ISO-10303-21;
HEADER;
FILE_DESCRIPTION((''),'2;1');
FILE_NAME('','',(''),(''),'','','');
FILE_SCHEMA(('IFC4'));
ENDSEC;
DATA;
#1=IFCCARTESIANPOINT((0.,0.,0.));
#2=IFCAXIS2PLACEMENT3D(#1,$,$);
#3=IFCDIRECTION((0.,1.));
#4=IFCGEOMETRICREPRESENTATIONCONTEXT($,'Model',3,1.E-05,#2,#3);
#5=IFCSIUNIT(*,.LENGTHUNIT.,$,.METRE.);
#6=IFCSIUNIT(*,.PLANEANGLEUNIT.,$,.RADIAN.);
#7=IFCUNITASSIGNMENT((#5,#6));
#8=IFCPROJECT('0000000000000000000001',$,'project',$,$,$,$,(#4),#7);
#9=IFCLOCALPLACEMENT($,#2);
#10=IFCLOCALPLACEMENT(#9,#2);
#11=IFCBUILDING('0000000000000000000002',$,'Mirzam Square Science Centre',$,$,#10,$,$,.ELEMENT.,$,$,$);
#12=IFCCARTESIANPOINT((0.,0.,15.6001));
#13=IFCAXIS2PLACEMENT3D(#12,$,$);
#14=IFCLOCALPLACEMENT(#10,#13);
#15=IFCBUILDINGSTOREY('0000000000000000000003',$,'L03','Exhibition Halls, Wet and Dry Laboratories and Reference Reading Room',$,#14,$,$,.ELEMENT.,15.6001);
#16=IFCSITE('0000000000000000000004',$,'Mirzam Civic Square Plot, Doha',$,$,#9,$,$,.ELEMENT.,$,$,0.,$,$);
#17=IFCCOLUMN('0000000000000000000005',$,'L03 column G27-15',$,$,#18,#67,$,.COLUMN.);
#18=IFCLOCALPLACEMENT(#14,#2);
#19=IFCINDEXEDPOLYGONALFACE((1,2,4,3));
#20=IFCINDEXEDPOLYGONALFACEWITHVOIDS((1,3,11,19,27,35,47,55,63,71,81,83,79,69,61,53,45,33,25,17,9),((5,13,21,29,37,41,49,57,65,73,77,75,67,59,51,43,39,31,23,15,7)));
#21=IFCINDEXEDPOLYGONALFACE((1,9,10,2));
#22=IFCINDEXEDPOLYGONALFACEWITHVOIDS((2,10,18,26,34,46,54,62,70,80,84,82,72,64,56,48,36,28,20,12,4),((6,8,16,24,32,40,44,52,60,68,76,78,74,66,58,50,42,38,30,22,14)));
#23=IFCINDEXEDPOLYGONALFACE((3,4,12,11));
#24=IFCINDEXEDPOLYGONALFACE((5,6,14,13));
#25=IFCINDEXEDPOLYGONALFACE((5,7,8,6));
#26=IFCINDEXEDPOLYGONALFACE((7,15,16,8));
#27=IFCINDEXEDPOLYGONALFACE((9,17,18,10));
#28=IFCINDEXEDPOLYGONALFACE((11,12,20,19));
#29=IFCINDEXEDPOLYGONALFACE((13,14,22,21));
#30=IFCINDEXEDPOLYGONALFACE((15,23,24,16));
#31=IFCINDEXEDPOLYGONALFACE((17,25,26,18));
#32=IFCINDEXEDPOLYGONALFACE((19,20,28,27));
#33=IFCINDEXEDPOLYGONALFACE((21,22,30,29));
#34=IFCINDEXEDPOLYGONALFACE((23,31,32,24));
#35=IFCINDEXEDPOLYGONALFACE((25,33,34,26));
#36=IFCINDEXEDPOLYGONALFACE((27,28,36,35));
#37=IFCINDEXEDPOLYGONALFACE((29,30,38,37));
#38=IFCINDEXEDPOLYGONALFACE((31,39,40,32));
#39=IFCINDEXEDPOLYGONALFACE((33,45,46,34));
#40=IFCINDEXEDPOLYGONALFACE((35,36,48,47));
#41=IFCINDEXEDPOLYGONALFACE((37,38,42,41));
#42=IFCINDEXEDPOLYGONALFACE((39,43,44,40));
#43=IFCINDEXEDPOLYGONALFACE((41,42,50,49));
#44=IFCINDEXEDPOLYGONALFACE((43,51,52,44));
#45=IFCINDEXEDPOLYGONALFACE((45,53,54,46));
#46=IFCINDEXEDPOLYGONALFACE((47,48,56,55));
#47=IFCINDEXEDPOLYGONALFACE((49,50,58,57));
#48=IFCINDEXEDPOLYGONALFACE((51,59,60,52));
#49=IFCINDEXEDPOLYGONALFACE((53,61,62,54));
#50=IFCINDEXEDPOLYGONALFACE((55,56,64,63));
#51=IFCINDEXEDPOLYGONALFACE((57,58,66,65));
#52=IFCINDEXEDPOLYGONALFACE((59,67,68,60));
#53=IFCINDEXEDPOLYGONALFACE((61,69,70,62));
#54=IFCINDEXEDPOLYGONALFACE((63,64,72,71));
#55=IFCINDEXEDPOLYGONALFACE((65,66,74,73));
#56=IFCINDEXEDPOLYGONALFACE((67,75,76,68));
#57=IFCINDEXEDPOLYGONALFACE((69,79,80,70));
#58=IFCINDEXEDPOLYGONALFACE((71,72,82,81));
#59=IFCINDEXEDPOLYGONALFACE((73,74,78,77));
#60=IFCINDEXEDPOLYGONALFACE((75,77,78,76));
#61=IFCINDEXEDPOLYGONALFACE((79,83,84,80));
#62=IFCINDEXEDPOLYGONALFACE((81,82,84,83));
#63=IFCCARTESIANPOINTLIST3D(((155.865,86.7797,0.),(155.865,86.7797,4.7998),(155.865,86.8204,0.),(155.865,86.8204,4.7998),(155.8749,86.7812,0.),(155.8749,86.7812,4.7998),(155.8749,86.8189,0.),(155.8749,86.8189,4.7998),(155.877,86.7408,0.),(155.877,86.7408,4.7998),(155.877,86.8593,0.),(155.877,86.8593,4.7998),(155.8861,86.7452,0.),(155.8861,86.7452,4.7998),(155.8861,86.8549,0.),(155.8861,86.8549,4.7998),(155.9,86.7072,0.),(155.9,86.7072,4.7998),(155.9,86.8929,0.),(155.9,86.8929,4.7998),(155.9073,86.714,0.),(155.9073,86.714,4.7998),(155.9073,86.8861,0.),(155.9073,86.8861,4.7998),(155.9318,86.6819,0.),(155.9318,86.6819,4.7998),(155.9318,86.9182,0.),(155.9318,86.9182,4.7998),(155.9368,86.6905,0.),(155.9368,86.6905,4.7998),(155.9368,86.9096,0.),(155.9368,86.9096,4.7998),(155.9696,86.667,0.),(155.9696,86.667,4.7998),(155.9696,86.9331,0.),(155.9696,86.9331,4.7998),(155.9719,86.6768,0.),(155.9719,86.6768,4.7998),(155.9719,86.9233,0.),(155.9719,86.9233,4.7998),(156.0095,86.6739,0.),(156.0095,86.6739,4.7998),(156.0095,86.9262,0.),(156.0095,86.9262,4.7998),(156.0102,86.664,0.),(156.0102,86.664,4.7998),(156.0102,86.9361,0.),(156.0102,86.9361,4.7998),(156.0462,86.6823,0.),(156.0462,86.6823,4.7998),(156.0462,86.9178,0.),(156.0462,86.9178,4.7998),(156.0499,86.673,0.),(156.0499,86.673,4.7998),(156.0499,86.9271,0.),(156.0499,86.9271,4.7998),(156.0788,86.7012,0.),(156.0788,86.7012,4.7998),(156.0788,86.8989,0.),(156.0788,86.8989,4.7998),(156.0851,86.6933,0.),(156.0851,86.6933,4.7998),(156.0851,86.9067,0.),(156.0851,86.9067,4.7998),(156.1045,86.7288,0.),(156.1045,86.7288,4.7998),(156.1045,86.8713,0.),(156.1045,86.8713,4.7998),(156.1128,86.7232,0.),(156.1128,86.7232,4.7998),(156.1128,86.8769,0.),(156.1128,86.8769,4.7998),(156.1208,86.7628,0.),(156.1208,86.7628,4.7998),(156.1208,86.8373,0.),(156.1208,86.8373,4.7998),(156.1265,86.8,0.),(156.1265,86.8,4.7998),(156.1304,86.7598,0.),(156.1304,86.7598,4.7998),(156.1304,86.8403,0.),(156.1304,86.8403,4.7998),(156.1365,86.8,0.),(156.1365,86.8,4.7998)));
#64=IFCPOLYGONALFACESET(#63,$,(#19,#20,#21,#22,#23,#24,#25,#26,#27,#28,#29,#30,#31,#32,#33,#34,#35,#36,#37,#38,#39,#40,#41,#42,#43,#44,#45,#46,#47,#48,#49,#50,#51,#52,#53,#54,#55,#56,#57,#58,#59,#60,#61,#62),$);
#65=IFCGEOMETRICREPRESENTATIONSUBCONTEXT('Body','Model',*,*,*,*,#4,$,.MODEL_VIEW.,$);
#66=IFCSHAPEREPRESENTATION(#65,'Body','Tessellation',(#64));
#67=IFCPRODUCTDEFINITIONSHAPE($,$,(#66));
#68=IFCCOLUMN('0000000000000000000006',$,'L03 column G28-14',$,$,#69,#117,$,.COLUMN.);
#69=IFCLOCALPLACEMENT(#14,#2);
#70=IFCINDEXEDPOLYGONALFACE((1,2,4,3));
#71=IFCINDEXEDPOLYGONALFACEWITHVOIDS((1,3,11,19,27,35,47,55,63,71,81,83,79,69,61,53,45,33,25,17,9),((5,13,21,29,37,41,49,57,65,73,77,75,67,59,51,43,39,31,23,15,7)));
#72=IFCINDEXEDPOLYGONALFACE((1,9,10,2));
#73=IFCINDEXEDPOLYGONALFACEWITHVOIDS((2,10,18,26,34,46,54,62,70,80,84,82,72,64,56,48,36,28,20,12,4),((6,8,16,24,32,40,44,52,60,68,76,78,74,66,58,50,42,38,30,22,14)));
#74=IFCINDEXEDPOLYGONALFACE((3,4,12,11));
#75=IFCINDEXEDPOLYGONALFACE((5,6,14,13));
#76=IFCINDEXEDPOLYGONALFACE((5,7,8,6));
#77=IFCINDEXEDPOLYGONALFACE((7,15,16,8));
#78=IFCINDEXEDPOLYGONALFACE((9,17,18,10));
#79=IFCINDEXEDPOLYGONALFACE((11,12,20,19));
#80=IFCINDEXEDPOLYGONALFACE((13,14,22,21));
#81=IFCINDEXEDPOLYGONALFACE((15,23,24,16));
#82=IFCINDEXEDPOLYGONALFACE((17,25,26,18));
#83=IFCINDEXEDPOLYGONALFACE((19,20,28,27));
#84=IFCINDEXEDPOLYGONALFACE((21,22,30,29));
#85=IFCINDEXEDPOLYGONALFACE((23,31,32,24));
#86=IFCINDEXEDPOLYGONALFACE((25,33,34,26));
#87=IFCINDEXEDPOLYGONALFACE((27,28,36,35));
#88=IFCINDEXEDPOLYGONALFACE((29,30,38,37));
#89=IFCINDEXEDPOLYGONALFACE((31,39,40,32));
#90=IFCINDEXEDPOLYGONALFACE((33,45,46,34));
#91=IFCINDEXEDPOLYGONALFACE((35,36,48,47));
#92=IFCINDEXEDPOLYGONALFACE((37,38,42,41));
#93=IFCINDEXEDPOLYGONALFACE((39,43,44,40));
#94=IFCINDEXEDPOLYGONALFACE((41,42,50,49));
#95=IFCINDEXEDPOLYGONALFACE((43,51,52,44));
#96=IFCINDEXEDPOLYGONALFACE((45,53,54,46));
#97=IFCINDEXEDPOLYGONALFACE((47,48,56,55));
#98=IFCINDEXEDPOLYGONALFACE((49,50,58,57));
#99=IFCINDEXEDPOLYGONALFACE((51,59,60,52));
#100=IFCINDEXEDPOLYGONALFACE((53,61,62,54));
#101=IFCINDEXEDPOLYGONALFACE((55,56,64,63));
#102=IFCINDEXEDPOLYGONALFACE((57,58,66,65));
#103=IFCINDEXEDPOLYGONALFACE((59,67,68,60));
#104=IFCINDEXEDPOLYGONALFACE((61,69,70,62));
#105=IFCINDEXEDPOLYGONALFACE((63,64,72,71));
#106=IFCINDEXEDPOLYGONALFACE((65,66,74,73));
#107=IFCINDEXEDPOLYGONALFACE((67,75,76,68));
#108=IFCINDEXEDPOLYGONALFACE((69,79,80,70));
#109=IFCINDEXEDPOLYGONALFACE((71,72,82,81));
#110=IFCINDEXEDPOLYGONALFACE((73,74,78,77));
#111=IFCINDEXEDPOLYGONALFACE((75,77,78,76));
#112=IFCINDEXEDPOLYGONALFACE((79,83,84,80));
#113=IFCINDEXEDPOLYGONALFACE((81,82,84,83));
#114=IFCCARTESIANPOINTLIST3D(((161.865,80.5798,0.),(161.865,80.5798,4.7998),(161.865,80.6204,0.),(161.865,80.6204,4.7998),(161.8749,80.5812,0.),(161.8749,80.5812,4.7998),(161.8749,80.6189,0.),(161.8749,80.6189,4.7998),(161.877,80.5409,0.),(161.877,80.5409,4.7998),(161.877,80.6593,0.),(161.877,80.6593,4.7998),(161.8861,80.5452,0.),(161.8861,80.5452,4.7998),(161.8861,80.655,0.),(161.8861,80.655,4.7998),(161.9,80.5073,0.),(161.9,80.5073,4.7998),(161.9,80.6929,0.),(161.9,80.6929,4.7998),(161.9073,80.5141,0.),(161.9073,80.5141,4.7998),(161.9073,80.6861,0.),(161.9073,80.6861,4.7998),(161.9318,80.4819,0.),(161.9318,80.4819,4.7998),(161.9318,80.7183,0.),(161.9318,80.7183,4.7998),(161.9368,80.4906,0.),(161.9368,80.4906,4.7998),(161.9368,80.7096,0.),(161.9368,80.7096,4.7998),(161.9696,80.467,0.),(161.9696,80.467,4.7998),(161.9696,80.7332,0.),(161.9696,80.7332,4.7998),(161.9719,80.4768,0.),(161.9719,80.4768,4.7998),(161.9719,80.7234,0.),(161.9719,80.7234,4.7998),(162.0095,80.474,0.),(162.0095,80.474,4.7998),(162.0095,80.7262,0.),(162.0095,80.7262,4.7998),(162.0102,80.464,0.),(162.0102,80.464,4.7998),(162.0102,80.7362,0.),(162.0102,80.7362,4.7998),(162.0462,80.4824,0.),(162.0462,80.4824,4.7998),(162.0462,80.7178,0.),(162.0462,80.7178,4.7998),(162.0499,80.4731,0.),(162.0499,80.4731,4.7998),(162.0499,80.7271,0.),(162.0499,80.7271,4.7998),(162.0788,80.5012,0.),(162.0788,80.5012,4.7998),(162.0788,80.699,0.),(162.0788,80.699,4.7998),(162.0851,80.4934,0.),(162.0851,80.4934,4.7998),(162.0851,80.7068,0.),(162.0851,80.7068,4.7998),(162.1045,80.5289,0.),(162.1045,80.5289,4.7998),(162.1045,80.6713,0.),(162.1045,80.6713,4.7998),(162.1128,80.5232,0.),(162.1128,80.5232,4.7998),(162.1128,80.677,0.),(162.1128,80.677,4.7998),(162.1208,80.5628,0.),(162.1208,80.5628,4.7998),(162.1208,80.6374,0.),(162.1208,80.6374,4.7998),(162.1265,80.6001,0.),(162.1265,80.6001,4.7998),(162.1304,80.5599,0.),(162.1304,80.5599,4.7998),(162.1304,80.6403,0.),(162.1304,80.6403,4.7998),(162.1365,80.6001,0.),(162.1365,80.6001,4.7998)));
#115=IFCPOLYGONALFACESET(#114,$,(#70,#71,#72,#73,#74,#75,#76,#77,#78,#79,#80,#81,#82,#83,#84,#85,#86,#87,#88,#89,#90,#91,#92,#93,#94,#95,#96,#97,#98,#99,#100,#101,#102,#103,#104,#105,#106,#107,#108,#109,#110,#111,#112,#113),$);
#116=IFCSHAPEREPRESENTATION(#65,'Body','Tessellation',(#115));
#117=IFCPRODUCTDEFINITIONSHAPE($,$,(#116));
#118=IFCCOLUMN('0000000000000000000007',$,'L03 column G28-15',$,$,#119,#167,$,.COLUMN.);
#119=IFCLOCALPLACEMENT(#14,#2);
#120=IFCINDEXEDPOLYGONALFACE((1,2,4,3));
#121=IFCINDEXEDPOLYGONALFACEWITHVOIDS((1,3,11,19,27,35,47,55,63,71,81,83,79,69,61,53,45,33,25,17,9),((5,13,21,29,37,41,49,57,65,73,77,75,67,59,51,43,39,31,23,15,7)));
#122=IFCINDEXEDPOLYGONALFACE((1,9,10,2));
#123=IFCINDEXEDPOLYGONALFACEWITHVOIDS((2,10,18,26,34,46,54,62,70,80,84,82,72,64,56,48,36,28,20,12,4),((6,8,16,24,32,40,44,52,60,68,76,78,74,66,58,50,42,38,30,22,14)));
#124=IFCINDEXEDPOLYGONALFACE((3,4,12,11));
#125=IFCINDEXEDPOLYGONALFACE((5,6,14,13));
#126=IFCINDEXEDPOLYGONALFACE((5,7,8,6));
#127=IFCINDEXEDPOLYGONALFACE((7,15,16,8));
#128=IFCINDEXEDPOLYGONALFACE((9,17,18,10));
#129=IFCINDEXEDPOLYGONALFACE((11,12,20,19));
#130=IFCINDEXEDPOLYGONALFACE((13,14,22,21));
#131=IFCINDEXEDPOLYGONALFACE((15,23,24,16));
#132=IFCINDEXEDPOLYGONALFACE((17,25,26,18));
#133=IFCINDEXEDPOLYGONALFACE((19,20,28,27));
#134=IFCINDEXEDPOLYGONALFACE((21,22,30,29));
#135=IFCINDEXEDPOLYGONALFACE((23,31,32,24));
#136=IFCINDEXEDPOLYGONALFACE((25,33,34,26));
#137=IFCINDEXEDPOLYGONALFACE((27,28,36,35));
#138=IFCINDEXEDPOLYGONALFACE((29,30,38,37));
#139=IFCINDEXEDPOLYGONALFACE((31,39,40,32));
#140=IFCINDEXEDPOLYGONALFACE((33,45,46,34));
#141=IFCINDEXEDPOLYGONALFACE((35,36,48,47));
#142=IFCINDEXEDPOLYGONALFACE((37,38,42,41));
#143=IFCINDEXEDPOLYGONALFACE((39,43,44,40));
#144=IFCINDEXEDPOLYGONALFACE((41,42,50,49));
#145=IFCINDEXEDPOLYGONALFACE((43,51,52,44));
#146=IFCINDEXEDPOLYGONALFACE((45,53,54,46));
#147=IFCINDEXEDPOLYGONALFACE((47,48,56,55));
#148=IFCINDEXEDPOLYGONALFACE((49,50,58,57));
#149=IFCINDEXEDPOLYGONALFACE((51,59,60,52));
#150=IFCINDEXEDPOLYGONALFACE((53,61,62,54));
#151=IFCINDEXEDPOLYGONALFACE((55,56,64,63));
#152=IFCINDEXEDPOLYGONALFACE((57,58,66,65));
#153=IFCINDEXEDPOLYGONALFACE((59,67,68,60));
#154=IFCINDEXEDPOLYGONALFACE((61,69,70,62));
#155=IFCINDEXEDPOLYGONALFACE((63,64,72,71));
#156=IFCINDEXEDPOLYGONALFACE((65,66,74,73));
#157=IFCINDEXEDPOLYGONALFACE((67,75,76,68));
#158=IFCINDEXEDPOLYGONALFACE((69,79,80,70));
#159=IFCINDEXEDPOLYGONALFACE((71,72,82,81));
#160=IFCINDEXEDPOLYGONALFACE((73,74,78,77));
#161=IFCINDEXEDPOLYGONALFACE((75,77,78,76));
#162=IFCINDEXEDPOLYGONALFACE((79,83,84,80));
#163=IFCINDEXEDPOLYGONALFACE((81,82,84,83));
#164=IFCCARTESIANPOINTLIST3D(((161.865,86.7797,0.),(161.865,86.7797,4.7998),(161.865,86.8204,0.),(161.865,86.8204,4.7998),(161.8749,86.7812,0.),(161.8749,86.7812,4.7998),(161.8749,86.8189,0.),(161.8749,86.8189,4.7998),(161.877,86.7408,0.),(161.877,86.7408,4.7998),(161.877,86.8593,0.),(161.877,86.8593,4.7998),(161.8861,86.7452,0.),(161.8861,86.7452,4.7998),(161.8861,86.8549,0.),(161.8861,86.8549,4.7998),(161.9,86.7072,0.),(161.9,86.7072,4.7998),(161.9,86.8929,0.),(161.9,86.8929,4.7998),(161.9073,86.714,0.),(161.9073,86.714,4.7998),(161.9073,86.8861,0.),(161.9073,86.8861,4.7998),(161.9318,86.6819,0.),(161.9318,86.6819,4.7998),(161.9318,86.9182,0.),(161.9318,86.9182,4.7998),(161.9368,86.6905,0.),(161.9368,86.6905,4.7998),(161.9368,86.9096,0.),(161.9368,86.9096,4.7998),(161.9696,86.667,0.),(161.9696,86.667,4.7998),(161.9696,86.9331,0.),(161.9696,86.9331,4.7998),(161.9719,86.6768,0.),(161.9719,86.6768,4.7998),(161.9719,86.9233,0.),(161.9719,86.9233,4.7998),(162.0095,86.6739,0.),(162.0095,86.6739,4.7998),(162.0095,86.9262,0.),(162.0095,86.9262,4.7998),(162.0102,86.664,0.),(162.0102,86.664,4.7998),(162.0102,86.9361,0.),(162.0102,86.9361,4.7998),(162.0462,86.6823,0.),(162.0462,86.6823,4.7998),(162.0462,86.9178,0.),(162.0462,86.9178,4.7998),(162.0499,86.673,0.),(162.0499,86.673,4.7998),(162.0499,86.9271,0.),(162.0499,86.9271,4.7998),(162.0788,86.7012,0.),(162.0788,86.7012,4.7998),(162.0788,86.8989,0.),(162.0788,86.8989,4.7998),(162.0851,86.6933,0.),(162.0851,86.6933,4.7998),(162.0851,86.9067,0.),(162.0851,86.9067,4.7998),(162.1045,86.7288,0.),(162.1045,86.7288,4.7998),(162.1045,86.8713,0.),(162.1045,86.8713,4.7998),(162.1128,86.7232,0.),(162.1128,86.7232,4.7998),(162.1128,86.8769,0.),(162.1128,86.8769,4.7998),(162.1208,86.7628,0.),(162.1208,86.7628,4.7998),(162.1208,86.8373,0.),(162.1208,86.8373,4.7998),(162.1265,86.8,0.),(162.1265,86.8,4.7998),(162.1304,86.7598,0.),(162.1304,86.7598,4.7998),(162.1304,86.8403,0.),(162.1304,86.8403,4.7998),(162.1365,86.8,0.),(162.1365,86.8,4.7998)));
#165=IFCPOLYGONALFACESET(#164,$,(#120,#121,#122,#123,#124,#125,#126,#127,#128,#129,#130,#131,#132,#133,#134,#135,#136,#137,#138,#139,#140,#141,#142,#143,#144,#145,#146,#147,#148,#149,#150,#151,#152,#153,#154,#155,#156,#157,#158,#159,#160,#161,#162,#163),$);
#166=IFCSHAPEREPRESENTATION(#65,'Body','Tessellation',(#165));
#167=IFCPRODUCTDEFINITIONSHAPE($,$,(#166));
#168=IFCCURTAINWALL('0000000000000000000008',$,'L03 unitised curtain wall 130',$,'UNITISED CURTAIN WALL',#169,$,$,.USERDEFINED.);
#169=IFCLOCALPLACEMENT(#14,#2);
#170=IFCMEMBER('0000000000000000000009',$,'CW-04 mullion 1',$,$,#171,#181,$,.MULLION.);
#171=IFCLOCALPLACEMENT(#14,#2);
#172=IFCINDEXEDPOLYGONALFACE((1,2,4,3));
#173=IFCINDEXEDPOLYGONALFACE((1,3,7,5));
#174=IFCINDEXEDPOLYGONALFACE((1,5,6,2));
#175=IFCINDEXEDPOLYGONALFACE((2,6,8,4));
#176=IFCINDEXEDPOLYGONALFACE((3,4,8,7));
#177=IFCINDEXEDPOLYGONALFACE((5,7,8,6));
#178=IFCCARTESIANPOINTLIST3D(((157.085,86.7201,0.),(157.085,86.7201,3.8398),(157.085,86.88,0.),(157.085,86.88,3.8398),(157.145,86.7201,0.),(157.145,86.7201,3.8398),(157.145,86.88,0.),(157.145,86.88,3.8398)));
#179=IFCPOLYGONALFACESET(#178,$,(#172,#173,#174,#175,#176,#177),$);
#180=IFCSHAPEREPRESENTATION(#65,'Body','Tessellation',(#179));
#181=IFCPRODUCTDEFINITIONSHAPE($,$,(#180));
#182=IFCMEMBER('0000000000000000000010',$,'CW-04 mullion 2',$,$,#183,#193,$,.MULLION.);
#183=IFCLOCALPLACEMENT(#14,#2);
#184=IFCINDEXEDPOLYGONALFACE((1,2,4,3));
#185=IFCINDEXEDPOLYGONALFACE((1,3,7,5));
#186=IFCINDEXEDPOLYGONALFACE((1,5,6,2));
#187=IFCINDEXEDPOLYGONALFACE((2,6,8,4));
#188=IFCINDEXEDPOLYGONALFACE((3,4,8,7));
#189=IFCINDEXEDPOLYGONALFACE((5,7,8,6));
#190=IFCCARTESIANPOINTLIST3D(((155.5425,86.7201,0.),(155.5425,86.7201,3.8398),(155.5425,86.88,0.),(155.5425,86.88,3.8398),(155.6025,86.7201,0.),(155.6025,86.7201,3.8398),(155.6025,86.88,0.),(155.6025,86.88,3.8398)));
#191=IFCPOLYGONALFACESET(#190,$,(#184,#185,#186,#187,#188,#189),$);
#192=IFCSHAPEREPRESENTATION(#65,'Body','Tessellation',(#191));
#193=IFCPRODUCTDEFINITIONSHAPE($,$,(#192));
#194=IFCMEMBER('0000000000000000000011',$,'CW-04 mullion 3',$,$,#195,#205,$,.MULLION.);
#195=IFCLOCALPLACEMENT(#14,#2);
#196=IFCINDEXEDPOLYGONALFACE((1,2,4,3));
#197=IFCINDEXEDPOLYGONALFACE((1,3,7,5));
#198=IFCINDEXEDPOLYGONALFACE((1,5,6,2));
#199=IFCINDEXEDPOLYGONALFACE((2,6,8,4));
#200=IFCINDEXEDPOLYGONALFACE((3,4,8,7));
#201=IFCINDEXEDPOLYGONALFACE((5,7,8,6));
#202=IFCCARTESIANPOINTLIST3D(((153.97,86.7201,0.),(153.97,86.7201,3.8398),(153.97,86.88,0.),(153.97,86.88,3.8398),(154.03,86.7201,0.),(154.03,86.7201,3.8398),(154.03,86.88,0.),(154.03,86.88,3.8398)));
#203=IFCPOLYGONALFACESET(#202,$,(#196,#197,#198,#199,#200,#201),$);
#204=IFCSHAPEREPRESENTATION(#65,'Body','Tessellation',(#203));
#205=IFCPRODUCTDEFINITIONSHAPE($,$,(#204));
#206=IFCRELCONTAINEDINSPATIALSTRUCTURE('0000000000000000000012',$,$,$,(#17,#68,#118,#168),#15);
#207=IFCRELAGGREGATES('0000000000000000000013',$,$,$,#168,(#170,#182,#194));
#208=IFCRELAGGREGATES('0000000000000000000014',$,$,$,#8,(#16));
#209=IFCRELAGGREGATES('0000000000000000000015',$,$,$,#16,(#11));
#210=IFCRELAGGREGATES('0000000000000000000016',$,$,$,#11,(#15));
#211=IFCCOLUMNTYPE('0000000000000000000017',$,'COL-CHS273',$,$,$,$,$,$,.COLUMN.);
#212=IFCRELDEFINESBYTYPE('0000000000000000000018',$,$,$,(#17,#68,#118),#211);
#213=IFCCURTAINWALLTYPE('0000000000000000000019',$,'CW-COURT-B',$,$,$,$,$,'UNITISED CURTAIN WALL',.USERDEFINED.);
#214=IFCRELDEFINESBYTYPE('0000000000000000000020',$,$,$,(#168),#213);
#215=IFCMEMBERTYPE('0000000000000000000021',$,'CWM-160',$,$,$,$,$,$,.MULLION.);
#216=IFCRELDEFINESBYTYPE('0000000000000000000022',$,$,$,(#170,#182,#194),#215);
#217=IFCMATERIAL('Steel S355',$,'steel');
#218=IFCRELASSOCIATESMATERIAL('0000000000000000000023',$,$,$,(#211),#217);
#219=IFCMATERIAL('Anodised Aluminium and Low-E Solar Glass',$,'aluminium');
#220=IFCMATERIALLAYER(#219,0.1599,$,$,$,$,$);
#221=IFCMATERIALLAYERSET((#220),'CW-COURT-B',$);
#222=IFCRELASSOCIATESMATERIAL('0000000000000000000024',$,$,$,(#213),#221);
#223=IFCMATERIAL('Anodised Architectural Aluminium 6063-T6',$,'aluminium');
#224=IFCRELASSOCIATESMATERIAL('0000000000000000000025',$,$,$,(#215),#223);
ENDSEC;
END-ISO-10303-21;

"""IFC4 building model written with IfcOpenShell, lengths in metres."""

from ifc_helpers import new_model, si_unit, direction, frame, origin, origin_2d, place, context, subcontext, project, spatial, rectangle, hollow_circle, extrude, material, layer, layer_set, material_profile, profile_set, type_object, element, aggregate, save


model = new_model("IFC4")

# Units and contexts
model_context = context("Model", 3, precision=1e-05, world=origin(), true_north=direction((0.0, 1.0)))
body_context = subcontext(model_context, "Body", "Model", "MODEL_VIEW")
ifc_project = project(units=[si_unit("LENGTHUNIT", "METRE"), si_unit("PLANEANGLEUNIT", "RADIAN")], contexts=[model_context])

# Site, building, storey
site_placement = place(None, origin())
site = spatial("IfcSite", under=ifc_project, at=site_placement, Name="Mirzam Civic Square Plot, Doha", CompositionType="ELEMENT", RefElevation=0.0)
building_placement = place(site_placement, origin())
building = spatial("IfcBuilding", under=site, at=building_placement, Name="Mirzam Square Science Centre", CompositionType="ELEMENT")
storey_placement = place(building_placement, frame((0.0, 0.0, 15.6001)))
storey = spatial("IfcBuildingStorey", under=building, at=storey_placement, Name="L03", Description="Exhibition Halls, Wet and Dry Laboratories and Reference Reading Room", CompositionType="ELEMENT", Elevation=15.6001)

# Columns
ifc_material_1 = material(Name="Steel S355", Category="steel")
ifc_material_profile_1 = material_profile(ifc_material_1, hollow_circle(Radius=0.1365, WallThickness=0.01, at=origin_2d()), Name="273.0x10.0CHS")
ifc_profile_set_1 = profile_set([ifc_material_profile_1], Name="Steel S355")
column_type = type_object("IfcColumnType", Name="COL-CHS273", PredefinedType="COLUMN", material=ifc_profile_set_1)
for number, where, z_axis, x_axis, name in (
    (1, (156.0, 86.8, 0.0), (0.0, 0.0, 1.0), (1.0, 0.0, 0.0), "L03 column G27-15"),
    (2, (162.0, 80.6001, 0.0), (0.0, 0.0, 1.0), (1.0, 0.0, 0.0), "L03 column G28-14"),
    (3, (162.0, 86.8, 0.0), (0.0, 0.0, 1.0), (1.0, 0.0, 0.0), "L03 column G28-15"),
):
    element("IfcColumn", number, at=place(storey_placement, frame(where, z_axis=z_axis, x_axis=x_axis)), inside=storey, type_object=column_type, Name=name, PredefinedType="COLUMN", context=body_context, shape_type="SweptSolid", body=[
        extrude(hollow_circle(Radius=0.1365, WallThickness=0.01, at=origin_2d()), origin(), (0.0, 0.0, 1.0), 4.7998),
    ])

# Curtain wall, members
ifc_material_2 = material(Name="Anodised Aluminium and Low-E Solar Glass", Category="aluminium")
ifc_layer_1 = layer(ifc_material_2, 0.1599)
ifc_layer_set_1 = layer_set([ifc_layer_1], Name="CW-COURT-B")
curtain_wall_type_1 = type_object("IfcCurtainWallType", Name="CW-COURT-B", ElementType="UNITISED CURTAIN WALL", PredefinedType="USERDEFINED", material=ifc_layer_set_1)
curtain_wall_1_placement = place(storey_placement, origin())
curtain_wall_1 = element("IfcCurtainWall", 4, at=curtain_wall_1_placement, inside=storey, type_object=curtain_wall_type_1, Name="L03 unitised curtain wall 130", ObjectType="UNITISED CURTAIN WALL", PredefinedType="USERDEFINED")
ifc_material_3 = material(Name="Anodised Architectural Aluminium 6063-T6", Category="aluminium")
ifc_material_profile_2 = material_profile(ifc_material_3, rectangle(XDim=0.0601, YDim=0.1599, at=origin_2d()), Name="ALU-MULL-160x60x4")
ifc_profile_set_2 = profile_set([ifc_material_profile_2], Name="Anodised Architectural Aluminium 6063-T6")
member_type_1 = type_object("IfcMemberType", Name="CWM-160", PredefinedType="MULLION", material=ifc_profile_set_2)
member_1_placement = place(storey_placement, frame((157.115, 86.8, 0.0), z_axis=(0.0, 0.0, 1.0), x_axis=(-1.0, 0.0, 0.0)))
member_1 = element("IfcMember", 5, at=member_1_placement, type_object=member_type_1, Name="CW-04 mullion 1", PredefinedType="MULLION", context=body_context, shape_type="SweptSolid", body=[
    extrude(rectangle(XDim=0.0601, YDim=0.1599, at=origin_2d()), origin(), (0.0, 0.0, 1.0), 3.8398),
])
member_2_placement = place(storey_placement, frame((155.5725, 86.8, 0.0), z_axis=(0.0, 0.0, 1.0), x_axis=(-1.0, 0.0, 0.0)))
member_2 = element("IfcMember", 6, at=member_2_placement, type_object=member_type_1, Name="CW-04 mullion 2", PredefinedType="MULLION", context=body_context, shape_type="SweptSolid", body=[
    extrude(rectangle(XDim=0.0601, YDim=0.1599, at=origin_2d()), origin(), (0.0, 0.0, 1.0), 3.8398),
])
member_3_placement = place(storey_placement, frame((154.0, 86.8, 0.0), z_axis=(0.0, 0.0, 1.0), x_axis=(-1.0, 0.0, 0.0)))
member_3 = element("IfcMember", 7, at=member_3_placement, type_object=member_type_1, Name="CW-04 mullion 3", PredefinedType="MULLION", context=body_context, shape_type="SweptSolid", body=[
    extrude(rectangle(XDim=0.0601, YDim=0.1599, at=origin_2d()), origin(), (0.0, 0.0, 1.0), 3.8398),
])

aggregate(curtain_wall_1, [member_1, member_2, member_3])

save(model, "model.ifc")
